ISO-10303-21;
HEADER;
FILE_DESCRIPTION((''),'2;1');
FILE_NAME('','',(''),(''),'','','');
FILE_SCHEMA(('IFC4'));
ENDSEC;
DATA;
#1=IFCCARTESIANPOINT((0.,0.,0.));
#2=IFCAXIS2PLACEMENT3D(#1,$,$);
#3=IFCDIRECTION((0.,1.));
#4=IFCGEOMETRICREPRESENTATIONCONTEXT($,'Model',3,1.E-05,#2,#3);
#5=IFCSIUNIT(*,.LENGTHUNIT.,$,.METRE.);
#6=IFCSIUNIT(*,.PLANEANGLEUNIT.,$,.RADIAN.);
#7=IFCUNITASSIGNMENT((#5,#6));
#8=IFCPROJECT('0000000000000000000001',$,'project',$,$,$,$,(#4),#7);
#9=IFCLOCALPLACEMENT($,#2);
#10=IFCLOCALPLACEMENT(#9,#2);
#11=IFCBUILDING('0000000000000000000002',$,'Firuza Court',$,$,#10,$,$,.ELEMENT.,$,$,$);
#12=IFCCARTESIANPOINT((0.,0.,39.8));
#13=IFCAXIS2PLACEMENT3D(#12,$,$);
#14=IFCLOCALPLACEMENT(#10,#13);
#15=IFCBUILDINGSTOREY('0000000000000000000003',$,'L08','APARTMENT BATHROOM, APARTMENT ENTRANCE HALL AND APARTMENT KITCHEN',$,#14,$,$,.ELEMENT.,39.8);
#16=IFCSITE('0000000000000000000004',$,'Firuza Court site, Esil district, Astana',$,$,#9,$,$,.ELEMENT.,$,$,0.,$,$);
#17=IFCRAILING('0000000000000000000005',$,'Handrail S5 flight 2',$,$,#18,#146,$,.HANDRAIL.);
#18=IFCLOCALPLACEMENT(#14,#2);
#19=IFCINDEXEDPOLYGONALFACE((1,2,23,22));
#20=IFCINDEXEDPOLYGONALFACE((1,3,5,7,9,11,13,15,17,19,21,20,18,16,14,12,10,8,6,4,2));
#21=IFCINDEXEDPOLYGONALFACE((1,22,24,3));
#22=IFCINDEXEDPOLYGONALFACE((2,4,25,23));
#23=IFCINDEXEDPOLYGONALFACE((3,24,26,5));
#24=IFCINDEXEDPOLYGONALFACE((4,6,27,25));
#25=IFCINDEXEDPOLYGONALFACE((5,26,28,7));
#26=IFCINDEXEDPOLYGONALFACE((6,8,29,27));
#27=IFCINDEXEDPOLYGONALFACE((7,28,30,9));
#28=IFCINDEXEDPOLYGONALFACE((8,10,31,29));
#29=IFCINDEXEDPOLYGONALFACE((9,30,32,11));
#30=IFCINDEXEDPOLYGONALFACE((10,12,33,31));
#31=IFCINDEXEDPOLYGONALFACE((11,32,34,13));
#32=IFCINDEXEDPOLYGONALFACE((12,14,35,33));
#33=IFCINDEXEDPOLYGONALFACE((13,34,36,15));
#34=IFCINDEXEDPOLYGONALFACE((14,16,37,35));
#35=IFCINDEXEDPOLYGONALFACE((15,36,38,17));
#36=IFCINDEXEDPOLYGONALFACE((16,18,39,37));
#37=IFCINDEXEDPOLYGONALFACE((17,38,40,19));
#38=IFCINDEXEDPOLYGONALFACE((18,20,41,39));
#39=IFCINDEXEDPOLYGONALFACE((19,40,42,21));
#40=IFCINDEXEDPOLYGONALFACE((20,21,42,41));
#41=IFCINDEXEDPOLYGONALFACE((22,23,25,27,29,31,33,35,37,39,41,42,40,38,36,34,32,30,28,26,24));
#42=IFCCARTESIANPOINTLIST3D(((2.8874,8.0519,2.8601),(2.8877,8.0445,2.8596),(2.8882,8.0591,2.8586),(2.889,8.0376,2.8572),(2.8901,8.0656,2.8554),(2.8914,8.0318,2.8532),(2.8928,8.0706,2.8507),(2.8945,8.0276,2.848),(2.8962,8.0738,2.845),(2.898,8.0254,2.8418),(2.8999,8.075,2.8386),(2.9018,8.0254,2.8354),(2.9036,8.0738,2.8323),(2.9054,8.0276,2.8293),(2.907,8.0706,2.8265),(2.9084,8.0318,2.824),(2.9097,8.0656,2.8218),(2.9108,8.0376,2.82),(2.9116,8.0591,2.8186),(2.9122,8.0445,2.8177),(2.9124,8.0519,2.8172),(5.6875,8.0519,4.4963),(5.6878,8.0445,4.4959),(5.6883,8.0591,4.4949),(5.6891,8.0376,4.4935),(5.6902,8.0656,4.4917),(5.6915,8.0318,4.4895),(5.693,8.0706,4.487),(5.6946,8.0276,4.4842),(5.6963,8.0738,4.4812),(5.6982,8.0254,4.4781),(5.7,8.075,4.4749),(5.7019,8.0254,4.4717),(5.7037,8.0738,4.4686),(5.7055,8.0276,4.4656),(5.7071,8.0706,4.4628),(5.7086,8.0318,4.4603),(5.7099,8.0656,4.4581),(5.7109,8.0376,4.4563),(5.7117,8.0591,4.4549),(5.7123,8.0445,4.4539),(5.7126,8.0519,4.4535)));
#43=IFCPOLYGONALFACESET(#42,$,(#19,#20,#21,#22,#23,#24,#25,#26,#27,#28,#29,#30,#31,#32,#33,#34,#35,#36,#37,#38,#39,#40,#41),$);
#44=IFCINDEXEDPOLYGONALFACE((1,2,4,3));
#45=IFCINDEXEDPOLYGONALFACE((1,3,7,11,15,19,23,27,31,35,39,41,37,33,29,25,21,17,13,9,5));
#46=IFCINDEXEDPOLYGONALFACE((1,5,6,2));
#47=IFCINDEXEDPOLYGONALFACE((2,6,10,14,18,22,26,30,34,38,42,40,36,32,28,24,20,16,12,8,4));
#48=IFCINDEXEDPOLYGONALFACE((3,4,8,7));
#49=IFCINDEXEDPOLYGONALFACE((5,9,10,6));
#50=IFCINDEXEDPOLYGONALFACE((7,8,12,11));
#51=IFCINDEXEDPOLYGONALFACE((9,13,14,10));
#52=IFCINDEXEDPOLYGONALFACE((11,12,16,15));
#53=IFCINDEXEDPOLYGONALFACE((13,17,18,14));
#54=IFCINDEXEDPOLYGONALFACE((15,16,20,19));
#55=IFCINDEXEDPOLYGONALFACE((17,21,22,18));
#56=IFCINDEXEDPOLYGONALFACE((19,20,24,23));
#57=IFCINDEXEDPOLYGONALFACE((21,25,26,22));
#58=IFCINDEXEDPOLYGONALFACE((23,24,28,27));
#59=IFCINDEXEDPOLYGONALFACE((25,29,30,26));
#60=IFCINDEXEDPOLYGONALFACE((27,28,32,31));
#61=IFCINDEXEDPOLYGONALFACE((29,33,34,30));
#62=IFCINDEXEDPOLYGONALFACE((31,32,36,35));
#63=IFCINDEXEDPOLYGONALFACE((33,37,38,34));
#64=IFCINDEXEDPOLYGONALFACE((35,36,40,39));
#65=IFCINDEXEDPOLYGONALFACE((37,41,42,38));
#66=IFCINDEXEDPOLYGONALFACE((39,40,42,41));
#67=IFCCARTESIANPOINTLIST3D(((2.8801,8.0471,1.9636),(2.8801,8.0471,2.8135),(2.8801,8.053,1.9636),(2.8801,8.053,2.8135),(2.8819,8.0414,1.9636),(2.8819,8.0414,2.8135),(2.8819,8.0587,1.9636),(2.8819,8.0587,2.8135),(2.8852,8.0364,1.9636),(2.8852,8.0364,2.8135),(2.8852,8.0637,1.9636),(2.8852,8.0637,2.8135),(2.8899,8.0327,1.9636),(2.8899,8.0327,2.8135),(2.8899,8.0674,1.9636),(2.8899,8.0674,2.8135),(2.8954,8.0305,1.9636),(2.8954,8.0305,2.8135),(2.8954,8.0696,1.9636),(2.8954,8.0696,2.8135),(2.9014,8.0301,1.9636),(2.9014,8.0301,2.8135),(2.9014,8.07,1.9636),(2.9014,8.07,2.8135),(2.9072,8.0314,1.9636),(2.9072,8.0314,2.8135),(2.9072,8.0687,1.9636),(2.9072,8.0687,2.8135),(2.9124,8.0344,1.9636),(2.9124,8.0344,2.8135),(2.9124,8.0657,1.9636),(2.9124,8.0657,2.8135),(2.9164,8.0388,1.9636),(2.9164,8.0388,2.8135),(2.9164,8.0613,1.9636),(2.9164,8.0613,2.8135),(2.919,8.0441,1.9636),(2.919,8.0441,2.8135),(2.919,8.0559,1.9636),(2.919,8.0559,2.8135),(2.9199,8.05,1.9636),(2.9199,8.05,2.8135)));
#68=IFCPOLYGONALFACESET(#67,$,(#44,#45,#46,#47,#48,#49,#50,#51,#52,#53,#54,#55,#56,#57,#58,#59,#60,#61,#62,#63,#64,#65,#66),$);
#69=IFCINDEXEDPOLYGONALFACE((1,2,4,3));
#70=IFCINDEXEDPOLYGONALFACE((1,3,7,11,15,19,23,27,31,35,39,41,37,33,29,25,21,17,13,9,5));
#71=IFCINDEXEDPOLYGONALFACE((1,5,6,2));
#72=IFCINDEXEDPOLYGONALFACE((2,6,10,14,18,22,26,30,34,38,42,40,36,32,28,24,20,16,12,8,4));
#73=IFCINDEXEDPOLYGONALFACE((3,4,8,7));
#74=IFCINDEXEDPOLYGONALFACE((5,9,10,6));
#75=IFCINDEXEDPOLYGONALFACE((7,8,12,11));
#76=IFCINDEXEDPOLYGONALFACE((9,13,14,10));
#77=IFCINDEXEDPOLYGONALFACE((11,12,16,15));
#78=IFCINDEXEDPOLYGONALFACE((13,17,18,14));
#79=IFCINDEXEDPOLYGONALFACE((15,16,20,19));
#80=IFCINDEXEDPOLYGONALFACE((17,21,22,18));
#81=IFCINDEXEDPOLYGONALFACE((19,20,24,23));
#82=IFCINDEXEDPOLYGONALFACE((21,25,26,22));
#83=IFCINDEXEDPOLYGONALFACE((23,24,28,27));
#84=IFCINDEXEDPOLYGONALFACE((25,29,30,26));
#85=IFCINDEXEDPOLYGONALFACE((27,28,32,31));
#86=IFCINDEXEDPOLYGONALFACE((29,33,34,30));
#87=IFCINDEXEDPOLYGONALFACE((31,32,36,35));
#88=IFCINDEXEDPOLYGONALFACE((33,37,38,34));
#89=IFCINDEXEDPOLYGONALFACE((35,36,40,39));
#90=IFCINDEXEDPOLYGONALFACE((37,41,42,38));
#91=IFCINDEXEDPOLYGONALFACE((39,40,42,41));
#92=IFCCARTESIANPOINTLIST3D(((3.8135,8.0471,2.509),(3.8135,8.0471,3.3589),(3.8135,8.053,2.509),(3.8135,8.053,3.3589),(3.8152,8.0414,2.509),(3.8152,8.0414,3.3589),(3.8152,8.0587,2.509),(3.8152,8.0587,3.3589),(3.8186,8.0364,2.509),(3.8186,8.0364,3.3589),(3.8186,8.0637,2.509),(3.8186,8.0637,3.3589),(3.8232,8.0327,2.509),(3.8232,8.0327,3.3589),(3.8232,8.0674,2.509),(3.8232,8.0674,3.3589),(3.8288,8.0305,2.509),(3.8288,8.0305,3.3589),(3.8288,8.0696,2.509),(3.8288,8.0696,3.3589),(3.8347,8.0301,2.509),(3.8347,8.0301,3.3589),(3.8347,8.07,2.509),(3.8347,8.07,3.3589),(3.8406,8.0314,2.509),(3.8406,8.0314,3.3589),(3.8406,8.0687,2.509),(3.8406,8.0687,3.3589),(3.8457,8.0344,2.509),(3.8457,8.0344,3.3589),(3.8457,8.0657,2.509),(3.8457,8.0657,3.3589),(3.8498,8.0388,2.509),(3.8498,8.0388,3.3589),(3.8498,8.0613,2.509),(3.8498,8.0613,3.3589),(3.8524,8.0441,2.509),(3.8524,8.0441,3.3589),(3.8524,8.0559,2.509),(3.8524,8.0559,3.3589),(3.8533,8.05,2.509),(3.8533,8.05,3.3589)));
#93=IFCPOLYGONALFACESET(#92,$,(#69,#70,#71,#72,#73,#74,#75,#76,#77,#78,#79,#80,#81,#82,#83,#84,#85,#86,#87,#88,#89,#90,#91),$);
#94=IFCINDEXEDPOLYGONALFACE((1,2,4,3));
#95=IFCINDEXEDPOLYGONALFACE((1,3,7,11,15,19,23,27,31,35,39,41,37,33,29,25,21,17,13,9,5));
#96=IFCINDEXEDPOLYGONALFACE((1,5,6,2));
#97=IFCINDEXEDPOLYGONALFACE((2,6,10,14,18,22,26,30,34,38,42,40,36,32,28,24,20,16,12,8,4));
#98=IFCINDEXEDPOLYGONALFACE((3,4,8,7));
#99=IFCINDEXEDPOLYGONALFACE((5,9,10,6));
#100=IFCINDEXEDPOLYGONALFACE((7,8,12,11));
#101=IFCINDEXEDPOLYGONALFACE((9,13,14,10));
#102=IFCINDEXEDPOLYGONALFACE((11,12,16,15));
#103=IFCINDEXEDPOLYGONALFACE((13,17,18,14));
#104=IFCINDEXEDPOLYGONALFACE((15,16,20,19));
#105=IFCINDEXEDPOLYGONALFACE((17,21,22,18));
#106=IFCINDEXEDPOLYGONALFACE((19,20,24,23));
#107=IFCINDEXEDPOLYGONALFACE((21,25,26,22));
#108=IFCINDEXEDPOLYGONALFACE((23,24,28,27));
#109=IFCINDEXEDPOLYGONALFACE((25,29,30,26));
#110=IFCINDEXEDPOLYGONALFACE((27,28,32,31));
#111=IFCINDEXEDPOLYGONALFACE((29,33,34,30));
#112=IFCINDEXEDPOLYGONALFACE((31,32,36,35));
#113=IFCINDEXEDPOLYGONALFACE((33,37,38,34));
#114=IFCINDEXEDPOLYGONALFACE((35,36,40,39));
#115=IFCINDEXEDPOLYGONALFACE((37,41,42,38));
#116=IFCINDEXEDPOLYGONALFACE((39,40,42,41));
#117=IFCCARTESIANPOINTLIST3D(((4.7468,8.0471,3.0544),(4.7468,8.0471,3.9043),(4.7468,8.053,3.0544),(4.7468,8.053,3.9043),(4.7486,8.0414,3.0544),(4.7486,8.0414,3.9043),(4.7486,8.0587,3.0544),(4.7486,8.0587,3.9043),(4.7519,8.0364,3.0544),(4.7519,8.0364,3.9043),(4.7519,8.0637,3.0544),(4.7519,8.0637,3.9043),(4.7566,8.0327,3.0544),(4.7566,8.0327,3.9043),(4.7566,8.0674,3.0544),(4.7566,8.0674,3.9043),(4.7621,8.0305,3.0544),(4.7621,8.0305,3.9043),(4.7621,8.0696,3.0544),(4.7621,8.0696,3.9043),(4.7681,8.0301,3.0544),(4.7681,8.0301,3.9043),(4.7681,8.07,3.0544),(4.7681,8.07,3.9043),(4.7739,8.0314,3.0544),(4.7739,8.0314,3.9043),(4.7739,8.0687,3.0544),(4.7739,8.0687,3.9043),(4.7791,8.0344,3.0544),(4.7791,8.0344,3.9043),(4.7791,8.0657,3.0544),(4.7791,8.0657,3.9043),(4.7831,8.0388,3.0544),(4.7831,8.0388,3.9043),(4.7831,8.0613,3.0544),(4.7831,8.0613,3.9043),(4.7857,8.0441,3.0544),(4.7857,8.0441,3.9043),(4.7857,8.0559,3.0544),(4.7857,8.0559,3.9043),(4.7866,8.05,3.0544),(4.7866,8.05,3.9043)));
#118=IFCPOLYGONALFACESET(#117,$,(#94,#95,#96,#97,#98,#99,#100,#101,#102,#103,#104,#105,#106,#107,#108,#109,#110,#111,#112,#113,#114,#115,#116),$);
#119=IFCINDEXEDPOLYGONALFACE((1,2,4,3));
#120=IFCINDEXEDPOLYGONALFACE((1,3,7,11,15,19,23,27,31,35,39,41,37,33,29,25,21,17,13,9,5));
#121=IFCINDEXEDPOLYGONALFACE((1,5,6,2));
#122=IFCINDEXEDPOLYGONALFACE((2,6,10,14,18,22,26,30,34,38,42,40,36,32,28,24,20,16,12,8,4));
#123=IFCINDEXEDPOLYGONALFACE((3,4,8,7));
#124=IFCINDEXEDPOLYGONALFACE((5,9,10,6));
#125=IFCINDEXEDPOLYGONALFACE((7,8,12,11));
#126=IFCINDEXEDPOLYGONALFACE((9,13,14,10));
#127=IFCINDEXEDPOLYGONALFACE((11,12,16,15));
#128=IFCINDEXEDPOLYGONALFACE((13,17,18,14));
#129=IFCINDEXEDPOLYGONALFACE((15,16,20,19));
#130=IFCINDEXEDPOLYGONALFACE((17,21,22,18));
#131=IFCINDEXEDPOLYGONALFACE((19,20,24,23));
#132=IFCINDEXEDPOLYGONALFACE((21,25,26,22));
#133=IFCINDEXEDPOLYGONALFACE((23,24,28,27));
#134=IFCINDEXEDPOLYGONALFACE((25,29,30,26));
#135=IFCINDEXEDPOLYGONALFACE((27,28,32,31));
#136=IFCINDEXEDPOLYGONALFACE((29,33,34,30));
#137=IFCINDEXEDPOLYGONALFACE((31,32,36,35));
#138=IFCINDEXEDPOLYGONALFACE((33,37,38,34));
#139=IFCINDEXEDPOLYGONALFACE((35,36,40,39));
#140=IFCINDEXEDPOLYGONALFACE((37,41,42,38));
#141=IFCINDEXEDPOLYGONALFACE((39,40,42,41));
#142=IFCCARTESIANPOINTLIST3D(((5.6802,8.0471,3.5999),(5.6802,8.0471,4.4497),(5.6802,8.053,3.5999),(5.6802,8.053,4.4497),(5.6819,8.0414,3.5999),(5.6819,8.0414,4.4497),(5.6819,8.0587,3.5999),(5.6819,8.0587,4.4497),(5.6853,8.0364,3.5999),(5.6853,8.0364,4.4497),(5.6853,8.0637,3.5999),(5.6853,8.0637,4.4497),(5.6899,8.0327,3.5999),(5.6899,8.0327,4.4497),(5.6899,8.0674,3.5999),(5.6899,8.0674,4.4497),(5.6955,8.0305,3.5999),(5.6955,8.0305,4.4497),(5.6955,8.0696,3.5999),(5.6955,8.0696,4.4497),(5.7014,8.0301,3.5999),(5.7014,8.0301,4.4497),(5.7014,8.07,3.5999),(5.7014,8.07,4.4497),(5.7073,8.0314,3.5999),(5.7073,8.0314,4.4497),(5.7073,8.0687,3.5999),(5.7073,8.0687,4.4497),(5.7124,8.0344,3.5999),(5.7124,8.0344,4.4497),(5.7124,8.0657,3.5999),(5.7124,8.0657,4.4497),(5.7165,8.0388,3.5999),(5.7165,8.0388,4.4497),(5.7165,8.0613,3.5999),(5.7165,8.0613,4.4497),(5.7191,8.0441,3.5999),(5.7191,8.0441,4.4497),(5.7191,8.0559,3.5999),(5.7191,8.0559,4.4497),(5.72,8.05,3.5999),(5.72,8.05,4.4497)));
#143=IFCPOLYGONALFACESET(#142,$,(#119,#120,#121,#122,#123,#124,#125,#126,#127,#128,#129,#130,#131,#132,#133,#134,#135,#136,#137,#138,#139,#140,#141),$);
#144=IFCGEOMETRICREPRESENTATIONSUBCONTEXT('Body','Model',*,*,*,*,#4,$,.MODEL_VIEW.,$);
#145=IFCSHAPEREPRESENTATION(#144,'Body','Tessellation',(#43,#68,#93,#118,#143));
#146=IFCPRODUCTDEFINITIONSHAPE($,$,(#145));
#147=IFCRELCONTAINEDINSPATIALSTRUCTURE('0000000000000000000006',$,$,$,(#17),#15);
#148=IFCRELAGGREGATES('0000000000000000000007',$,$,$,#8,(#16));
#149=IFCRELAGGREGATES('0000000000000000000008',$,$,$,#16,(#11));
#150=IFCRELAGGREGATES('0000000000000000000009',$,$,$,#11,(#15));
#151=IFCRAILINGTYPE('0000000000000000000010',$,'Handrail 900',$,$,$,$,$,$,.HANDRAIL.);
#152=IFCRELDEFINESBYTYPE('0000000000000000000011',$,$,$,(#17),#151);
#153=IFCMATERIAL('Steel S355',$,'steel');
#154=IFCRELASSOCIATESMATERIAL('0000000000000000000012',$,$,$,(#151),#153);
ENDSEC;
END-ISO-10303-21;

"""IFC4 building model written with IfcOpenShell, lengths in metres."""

from ifc_helpers import new_model, si_unit, direction, frame, origin, origin_2d, place, context, subcontext, project, spatial, circle, extrude, material, type_object, element, save


model = new_model("IFC4")

# Units and contexts
model_context = context("Model", 3, precision=1e-05, world=origin(), true_north=direction((0.0, 1.0)))
body_context = subcontext(model_context, "Body", "Model", "MODEL_VIEW")
ifc_project = project(units=[si_unit("LENGTHUNIT", "METRE"), si_unit("PLANEANGLEUNIT", "RADIAN")], contexts=[model_context])

# Site, building, storey
site_placement = place(None, origin())
site = spatial("IfcSite", under=ifc_project, at=site_placement, Name="Firuza Court site, Esil district, Astana", CompositionType="ELEMENT", RefElevation=0.0)
building_placement = place(site_placement, origin())
building = spatial("IfcBuilding", under=site, at=building_placement, Name="Firuza Court", CompositionType="ELEMENT")
storey_placement = place(building_placement, frame((0.0, 0.0, 39.8)))
storey = spatial("IfcBuildingStorey", under=building, at=storey_placement, Name="L08", Description="APARTMENT BATHROOM, APARTMENT ENTRANCE HALL AND APARTMENT KITCHEN", CompositionType="ELEMENT", Elevation=39.8)

# Railing
ifc_material_1 = material(Name="Steel S355", Category="steel")
railing_type_1 = type_object("IfcRailingType", Name="Handrail 900", PredefinedType="HANDRAIL", material=ifc_material_1)
railing_1_placement = place(storey_placement, frame((2.8999, 8.05, 1.9636)))
element("IfcRailing", 1, at=railing_1_placement, inside=storey, type_object=railing_type_1, Name="Handrail S5 flight 2", PredefinedType="HANDRAIL", context=body_context, shape_type="SweptSolid", body=[
    extrude(circle(Radius=0.0249, at=origin_2d()), frame((0.0, 0.0, 0.875), z_axis=(0.863394, 0.0, 0.504531), x_axis=(0.0, 1.0, 0.0)), (0.0, 0.0, 1.0), 3.2432),
    extrude(circle(Radius=0.02, at=origin_2d()), origin(), (0.0, 0.0, 1.0), 0.8499),
    extrude(circle(Radius=0.02, at=origin_2d()), frame((0.9333, 0.0, 0.5454)), (0.0, 0.0, 1.0), 0.8499),
    extrude(circle(Radius=0.02, at=origin_2d()), frame((1.8667, 0.0, 1.0908)), (0.0, 0.0, 1.0), 0.8499),
    extrude(circle(Radius=0.02, at=origin_2d()), frame((2.8, 0.0, 1.6362)), (0.0, 0.0, 1.0), 0.8499),
])

save(model, "model.ifc")
